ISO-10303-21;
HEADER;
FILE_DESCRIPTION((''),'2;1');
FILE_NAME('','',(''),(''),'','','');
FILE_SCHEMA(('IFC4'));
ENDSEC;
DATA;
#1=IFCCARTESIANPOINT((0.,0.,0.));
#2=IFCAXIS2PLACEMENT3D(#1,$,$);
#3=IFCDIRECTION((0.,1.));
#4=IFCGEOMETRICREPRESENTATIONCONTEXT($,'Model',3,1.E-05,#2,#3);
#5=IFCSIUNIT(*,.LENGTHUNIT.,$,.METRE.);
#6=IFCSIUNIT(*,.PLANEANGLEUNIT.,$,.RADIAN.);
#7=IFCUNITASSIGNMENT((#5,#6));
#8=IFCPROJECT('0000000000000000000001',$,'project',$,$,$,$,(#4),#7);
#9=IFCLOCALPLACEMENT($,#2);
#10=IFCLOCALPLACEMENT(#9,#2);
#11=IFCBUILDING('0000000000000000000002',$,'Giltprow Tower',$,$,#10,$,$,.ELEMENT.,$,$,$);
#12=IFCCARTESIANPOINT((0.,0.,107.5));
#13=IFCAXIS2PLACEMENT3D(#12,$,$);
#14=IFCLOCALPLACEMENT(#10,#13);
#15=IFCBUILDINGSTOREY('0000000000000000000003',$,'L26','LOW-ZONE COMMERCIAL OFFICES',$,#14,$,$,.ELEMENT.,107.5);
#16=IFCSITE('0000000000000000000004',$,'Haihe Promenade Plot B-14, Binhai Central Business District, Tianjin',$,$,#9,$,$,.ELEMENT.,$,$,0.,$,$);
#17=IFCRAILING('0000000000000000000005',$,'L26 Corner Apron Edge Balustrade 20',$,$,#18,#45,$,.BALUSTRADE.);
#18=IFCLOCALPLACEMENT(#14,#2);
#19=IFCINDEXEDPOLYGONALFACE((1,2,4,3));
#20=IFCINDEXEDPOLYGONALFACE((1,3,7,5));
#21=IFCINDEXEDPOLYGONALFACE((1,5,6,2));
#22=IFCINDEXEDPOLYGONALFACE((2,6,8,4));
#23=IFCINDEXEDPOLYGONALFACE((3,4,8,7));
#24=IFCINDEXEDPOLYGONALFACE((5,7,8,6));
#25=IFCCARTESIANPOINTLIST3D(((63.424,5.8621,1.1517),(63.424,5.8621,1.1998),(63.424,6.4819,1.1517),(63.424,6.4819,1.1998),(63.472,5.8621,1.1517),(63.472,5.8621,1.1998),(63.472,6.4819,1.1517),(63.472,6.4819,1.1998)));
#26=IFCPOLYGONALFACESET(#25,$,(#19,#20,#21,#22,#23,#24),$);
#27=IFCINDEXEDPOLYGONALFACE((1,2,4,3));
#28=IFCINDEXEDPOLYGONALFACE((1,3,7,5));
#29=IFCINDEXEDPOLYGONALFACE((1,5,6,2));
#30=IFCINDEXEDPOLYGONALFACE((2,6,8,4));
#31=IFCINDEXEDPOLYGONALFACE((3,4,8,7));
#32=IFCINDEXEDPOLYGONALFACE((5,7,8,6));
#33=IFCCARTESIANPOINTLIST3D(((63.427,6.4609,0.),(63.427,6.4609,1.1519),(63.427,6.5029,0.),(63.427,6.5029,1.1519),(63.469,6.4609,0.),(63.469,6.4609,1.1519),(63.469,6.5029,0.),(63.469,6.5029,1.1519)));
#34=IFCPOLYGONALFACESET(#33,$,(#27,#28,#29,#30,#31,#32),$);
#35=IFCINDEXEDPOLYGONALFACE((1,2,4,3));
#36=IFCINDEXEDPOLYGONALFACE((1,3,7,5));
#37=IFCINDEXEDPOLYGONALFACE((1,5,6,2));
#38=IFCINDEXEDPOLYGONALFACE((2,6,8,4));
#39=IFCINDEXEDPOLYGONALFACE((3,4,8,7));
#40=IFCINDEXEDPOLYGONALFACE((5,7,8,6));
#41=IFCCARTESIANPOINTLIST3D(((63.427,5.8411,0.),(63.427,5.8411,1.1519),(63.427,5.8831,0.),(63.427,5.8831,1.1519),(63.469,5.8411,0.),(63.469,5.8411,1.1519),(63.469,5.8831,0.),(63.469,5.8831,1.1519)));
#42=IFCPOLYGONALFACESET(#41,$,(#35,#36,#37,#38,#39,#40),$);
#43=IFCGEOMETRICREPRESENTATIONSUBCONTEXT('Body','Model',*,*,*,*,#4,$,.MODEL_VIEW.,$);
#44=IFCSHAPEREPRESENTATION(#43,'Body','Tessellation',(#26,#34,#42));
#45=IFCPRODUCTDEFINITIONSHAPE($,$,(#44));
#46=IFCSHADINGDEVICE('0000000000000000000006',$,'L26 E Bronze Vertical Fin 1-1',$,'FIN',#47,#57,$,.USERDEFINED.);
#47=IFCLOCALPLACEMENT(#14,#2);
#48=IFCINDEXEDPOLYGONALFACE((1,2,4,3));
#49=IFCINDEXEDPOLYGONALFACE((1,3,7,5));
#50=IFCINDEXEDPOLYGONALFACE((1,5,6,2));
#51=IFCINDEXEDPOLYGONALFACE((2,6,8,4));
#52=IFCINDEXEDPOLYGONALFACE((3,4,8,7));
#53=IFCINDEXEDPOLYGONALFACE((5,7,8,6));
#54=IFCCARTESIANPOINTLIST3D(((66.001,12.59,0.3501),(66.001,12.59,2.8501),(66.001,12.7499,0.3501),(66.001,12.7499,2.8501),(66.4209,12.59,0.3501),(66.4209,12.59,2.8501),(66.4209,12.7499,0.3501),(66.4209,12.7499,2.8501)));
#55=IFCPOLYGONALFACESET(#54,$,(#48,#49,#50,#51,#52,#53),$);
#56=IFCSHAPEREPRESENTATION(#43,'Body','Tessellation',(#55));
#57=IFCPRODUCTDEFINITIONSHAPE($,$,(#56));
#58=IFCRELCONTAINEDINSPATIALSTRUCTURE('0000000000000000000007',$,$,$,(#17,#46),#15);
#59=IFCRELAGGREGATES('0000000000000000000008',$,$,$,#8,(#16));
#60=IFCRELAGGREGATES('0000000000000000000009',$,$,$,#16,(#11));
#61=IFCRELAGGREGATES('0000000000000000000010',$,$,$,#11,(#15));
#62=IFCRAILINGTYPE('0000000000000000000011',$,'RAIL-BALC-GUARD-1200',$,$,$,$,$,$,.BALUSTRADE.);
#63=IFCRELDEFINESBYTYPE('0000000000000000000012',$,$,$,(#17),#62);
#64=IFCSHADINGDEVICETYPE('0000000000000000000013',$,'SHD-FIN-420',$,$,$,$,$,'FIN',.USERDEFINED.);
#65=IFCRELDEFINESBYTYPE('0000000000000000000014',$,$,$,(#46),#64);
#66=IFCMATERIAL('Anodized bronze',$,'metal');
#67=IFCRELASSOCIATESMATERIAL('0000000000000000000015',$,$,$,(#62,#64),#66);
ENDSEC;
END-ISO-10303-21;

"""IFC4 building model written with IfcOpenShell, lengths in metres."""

from ifc_helpers import new_model, si_unit, direction, frame, origin, origin_2d, place, context, subcontext, project, spatial, rectangle, extrude, source, transform, mapped, material, type_object, element, save


model = new_model("IFC4")

# Units and contexts
model_context = context("Model", 3, precision=1e-05, world=origin(), true_north=direction((0.0, 1.0)))
body_context = subcontext(model_context, "Body", "Model", "MODEL_VIEW")
ifc_project = project(units=[si_unit("LENGTHUNIT", "METRE"), si_unit("PLANEANGLEUNIT", "RADIAN")], contexts=[model_context])

# Site, building, storey
site_placement = place(None, origin())
site = spatial("IfcSite", under=ifc_project, at=site_placement, Name="Haihe Promenade Plot B-14, Binhai Central Business District, Tianjin", CompositionType="ELEMENT", RefElevation=0.0)
building_placement = place(site_placement, origin())
building = spatial("IfcBuilding", under=site, at=building_placement, Name="Giltprow Tower", CompositionType="ELEMENT")
storey_placement = place(building_placement, frame((0.0, 0.0, 107.5)))
storey = spatial("IfcBuildingStorey", under=building, at=storey_placement, Name="L26", Description="LOW-ZONE COMMERCIAL OFFICES", CompositionType="ELEMENT", Elevation=107.5)

# Shared definitions
ifc_material_1 = material(Name="Anodized bronze", Category="metal")

# Railing
railing_type = type_object("IfcRailingType", Name="RAIL-BALC-GUARD-1200", PredefinedType="BALUSTRADE", material=ifc_material_1)
railing_1_placement = place(storey_placement, frame((63.448, 6.4819, 0.0)))
element("IfcRailing", 1, at=railing_1_placement, inside=storey, type_object=railing_type, Name="L26 Corner Apron Edge Balustrade 20", PredefinedType="BALUSTRADE", context=body_context, shape_type="SweptSolid", body=[
    extrude(rectangle(XDim=0.0481, YDim=0.0481, at=origin_2d()), frame((0.0, 0.0, 1.1758), z_axis=(0.0, -1.0, 0.0), x_axis=(1.0, 0.0, 0.0)), (0.0, 0.0, 1.0), 0.6199),
    extrude(rectangle(XDim=0.042, YDim=0.042, at=origin_2d()), origin(), (0.0, 0.0, 1.0), 1.1519),
    extrude(rectangle(XDim=0.042, YDim=0.042, at=origin_2d()), frame((0.0, -0.6199, 0.0)), (0.0, 0.0, 1.0), 1.1519),
])

# Shading device
shading_device_type = type_object("IfcShadingDeviceType", Name="SHD-FIN-420", ElementType="FIN", PredefinedType="USERDEFINED", material=ifc_material_1)
shared_shape_1 = source(origin(), body_context, "Body", "SweptSolid", [
    extrude(rectangle(XDim=0.4199, YDim=0.1599, at=origin_2d()), origin(), (0.0, 0.0, 1.0), 2.5),
])
shading_device_placement = place(storey_placement, frame((66.2109, 12.6699, 0.3501), z_axis=(0.0, 0.0, 1.0), x_axis=(1.0, 0.0, 0.0)))
element("IfcShadingDevice", 2, at=shading_device_placement, inside=storey, type_object=shading_device_type, Name="L26 E Bronze Vertical Fin 1-1", ObjectType="FIN", PredefinedType="USERDEFINED", context=body_context, shape_type="MappedRepresentation", body=[
    mapped(shared_shape_1, transform((0.0, 0.0, 0.0), x_axis=(1.0, 0.0, 0.0), y_axis=(0.0, 1.0, 0.0), z_axis=(0.0, 0.0, 1.0), scale=1.0)),
])

save(model, "model.ifc")
